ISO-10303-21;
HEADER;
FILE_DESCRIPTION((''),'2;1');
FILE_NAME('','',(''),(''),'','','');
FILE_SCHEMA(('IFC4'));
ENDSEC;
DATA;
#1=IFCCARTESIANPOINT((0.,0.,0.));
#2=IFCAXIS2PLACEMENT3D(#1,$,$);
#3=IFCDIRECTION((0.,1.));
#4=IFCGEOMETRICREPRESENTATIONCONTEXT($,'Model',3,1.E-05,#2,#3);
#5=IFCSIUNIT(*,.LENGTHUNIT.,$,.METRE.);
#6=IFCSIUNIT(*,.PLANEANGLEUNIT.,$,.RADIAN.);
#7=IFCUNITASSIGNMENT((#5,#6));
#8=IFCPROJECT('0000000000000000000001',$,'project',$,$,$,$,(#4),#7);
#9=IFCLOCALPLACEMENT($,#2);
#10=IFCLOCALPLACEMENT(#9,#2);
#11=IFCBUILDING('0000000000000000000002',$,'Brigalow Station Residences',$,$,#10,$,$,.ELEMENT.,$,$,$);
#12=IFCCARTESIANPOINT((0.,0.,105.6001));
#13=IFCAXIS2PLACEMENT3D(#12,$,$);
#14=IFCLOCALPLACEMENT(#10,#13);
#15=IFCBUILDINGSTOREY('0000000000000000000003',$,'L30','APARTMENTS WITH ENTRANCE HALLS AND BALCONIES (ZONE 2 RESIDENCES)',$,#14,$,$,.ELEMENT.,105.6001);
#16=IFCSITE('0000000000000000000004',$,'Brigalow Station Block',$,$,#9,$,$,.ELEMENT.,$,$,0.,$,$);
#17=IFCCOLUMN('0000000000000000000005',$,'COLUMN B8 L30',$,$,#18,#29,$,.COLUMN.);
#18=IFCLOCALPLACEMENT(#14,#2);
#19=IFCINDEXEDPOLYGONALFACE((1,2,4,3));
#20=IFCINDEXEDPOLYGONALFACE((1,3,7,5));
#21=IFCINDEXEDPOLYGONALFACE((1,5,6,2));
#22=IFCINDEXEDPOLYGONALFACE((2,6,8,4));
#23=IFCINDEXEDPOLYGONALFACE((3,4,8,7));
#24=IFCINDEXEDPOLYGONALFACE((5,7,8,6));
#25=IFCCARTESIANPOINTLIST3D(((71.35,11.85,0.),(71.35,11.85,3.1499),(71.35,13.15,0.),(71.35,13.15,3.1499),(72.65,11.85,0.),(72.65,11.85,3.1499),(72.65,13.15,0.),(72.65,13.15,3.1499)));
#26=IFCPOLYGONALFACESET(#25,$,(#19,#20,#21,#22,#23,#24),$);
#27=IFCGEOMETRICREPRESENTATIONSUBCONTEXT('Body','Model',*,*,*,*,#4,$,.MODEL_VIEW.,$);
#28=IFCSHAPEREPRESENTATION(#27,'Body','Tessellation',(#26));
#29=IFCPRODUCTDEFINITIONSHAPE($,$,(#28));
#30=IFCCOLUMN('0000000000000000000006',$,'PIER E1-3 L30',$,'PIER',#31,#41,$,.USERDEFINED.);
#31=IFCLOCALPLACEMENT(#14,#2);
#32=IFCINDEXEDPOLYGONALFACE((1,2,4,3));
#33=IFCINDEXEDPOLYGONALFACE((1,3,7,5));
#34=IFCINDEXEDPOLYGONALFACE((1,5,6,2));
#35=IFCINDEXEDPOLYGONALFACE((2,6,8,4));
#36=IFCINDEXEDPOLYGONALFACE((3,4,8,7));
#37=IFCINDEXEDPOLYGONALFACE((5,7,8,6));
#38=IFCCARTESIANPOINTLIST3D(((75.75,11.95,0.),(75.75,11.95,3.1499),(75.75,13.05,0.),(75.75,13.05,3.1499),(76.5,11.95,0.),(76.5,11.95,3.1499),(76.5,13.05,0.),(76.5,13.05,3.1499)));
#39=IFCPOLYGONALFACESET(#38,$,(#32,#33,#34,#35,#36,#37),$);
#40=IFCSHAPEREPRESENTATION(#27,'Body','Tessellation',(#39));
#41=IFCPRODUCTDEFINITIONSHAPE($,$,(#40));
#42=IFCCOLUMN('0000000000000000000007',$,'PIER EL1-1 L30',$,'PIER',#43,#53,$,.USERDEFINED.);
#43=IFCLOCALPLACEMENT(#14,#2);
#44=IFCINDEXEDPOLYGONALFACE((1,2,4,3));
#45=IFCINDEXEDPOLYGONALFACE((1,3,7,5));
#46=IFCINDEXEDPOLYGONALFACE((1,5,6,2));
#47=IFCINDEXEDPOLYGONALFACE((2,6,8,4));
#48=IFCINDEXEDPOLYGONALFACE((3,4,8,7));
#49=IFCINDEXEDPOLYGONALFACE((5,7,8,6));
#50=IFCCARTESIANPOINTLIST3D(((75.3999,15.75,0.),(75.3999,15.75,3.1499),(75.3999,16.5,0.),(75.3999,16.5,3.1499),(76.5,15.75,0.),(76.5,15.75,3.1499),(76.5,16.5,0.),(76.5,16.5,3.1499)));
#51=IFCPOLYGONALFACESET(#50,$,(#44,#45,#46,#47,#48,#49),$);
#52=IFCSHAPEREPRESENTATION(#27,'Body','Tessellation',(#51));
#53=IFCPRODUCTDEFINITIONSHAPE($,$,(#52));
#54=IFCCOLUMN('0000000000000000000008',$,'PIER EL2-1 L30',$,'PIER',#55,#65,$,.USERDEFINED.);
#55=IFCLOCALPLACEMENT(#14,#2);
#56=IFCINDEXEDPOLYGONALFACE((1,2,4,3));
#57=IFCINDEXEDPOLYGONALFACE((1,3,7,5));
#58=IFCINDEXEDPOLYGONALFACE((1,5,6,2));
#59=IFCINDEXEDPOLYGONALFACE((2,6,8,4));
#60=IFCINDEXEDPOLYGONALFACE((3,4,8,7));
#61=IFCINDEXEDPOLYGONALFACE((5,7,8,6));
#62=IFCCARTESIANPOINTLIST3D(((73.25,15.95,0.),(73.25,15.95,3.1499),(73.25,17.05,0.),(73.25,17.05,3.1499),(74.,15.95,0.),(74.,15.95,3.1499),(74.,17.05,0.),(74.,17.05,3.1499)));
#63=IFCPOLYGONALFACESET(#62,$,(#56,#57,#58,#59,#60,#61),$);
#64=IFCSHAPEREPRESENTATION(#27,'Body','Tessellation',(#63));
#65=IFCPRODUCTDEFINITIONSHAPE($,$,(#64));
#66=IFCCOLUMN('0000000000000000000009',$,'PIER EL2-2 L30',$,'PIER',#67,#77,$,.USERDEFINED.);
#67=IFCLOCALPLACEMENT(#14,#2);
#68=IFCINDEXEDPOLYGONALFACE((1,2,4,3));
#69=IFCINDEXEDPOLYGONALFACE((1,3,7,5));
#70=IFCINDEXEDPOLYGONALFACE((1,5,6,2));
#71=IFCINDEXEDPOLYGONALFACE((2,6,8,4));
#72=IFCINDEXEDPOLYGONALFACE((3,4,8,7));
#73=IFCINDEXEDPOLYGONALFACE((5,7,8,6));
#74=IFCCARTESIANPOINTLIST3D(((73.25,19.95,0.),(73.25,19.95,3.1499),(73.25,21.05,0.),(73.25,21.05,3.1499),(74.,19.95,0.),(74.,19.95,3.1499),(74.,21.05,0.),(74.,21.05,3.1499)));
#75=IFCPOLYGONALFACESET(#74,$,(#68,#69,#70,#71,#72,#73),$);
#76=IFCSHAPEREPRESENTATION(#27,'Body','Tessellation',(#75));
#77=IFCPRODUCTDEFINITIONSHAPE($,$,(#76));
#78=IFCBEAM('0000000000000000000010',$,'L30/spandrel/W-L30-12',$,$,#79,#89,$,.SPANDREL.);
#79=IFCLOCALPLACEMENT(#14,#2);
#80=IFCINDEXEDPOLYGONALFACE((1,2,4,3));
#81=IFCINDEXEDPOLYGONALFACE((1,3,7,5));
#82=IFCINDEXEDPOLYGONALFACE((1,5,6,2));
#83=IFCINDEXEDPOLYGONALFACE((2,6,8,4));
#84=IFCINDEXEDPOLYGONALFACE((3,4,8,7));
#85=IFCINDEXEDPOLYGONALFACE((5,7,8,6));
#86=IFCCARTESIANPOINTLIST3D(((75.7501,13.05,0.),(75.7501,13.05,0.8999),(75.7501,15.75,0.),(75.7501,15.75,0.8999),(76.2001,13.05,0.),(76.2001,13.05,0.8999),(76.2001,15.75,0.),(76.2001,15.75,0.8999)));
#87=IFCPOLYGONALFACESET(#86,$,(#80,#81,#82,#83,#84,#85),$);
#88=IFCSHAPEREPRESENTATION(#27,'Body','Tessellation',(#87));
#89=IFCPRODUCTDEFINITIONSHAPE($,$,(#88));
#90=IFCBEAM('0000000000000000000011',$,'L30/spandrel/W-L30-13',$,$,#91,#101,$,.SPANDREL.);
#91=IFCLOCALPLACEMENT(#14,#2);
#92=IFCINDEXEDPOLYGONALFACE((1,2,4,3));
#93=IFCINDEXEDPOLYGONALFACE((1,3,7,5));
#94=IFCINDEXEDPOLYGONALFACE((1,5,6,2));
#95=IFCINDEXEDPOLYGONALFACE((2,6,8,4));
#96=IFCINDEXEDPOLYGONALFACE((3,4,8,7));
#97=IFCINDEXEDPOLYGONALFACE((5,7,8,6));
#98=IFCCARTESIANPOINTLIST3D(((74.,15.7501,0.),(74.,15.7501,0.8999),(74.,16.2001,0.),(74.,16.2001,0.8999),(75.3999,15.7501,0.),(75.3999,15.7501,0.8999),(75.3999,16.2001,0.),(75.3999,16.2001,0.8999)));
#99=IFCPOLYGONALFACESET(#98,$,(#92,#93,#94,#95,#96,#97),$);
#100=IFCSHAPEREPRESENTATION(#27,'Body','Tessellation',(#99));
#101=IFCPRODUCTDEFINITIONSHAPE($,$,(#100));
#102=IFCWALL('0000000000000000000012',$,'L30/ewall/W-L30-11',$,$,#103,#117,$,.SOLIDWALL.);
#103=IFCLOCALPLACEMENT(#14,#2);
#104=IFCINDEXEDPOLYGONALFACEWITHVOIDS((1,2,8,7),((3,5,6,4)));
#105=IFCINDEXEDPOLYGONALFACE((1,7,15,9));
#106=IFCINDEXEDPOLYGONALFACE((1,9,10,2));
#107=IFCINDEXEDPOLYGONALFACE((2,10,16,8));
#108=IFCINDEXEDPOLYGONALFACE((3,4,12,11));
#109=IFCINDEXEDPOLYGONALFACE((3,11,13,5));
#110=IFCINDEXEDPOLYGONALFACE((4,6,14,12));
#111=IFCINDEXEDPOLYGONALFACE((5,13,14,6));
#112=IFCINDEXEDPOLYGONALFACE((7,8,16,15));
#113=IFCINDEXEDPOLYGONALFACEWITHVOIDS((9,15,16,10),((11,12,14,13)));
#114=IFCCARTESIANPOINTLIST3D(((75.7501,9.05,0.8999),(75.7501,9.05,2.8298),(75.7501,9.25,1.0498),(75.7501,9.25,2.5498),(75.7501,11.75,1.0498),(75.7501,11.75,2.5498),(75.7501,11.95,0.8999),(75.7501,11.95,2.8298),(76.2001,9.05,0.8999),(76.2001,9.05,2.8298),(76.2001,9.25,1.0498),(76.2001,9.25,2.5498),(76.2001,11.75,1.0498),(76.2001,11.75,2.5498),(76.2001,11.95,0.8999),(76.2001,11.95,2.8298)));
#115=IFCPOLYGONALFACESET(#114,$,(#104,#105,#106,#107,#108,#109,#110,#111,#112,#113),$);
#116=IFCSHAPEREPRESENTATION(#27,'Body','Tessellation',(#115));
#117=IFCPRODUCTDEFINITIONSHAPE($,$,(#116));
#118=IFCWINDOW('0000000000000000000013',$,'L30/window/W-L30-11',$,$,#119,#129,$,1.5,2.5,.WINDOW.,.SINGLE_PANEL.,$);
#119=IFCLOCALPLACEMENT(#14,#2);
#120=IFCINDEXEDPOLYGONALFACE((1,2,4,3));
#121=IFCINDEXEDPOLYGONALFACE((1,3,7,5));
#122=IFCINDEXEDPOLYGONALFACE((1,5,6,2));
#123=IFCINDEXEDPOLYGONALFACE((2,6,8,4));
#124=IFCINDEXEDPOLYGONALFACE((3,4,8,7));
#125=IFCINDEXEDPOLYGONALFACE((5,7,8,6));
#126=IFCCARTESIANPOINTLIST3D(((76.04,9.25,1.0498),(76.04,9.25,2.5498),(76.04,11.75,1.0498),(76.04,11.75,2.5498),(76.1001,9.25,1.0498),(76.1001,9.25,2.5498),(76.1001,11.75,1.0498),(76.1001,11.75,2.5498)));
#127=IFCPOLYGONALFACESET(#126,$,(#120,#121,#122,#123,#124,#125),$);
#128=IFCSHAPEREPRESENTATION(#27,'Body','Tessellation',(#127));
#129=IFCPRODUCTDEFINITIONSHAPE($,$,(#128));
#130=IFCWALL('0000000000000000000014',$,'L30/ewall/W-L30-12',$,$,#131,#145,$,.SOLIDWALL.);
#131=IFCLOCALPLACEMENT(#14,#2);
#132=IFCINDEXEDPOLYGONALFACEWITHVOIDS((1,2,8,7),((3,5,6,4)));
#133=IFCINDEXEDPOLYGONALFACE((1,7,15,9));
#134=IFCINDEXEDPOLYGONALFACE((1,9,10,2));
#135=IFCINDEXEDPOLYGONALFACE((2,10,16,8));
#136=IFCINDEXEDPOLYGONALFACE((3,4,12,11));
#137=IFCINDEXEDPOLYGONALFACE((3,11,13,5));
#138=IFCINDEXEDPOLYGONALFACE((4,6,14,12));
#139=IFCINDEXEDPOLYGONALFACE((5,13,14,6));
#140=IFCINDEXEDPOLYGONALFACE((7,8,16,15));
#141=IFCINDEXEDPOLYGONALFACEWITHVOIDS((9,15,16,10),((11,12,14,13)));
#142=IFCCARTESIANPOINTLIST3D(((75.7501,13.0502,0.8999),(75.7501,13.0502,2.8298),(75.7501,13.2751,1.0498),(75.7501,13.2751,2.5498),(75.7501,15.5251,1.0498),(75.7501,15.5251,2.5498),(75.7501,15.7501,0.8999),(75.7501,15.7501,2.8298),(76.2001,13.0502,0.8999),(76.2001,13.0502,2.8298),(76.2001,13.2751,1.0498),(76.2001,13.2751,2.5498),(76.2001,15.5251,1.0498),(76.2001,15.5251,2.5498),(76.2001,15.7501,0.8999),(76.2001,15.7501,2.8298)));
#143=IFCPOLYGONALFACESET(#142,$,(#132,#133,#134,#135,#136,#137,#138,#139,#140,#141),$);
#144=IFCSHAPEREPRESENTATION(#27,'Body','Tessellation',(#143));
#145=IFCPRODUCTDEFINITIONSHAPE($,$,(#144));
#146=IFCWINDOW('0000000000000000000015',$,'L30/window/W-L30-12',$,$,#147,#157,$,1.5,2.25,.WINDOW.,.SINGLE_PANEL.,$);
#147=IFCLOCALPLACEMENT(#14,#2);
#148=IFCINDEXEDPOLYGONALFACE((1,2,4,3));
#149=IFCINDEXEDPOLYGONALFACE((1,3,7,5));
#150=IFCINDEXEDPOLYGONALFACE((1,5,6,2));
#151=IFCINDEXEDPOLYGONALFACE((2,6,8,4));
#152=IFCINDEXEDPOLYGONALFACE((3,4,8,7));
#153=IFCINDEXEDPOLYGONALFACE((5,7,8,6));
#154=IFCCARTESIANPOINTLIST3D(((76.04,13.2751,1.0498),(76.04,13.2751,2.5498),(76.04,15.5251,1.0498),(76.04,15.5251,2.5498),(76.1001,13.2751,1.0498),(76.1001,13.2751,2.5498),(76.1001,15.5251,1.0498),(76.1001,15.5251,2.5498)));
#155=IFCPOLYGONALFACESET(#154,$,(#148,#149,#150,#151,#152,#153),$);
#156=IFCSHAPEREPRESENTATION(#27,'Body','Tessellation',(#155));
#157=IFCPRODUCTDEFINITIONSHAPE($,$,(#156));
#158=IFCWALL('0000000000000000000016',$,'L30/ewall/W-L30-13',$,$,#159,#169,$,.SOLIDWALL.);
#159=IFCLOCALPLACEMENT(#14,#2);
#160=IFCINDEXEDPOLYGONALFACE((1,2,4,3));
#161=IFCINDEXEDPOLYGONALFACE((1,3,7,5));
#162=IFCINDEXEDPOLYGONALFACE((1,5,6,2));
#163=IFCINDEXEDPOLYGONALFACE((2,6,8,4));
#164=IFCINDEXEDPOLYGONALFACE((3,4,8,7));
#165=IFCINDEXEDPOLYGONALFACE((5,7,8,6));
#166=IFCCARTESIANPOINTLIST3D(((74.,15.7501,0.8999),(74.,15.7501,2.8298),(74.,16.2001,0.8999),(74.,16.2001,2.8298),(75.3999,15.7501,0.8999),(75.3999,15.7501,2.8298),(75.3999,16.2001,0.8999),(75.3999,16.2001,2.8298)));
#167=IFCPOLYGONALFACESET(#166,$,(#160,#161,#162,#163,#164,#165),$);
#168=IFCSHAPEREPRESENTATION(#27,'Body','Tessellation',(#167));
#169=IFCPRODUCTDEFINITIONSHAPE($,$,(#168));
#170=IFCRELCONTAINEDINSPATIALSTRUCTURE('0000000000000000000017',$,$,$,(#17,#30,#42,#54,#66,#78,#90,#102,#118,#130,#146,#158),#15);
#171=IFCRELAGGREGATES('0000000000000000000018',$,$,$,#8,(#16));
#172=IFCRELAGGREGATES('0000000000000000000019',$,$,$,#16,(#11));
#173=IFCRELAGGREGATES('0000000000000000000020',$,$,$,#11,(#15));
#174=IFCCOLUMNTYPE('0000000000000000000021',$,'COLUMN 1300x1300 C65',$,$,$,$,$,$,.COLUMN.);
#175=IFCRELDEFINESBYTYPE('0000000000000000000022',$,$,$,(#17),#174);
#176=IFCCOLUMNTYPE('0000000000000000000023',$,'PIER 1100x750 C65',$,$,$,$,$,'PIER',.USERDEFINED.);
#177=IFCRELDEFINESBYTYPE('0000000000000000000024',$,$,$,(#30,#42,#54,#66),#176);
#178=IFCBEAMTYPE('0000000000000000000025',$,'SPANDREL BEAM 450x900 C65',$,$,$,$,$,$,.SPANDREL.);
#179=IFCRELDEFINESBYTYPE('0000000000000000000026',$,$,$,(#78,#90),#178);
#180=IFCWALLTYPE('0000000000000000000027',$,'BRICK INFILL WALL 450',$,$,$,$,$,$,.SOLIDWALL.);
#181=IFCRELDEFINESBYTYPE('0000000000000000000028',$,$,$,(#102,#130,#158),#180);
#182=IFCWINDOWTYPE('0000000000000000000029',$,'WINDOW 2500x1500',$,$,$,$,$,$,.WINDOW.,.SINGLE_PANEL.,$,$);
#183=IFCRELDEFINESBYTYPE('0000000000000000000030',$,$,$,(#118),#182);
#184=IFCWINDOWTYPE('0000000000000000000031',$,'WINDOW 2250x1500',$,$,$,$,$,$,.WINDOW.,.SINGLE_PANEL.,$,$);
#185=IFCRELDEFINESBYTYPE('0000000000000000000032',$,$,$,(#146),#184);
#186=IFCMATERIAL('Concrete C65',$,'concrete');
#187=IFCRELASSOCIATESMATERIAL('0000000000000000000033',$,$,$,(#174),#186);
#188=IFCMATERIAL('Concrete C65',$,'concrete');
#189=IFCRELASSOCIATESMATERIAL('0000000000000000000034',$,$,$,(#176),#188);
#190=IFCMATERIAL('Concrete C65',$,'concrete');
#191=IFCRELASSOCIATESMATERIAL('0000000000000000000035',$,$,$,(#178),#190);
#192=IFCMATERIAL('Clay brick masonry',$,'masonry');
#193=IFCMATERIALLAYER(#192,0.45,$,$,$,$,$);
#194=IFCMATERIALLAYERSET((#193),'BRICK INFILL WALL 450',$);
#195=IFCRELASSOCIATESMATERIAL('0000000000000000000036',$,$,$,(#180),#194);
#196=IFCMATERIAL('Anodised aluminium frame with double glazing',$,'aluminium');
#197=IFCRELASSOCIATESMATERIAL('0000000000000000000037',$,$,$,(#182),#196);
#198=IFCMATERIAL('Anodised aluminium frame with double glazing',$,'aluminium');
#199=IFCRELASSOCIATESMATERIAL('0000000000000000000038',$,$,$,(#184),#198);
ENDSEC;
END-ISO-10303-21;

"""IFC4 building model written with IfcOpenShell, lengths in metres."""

from ifc_helpers import new_model, si_unit, direction, frame, frame_2d, origin, origin_2d, place, context, subcontext, project, spatial, rectangle, extrude, material, layer, layer_set, material_profile, profile_set, type_object, element, fill, save


model = new_model("IFC4")

# Units and contexts
model_context = context("Model", 3, precision=1e-05, world=origin(), true_north=direction((0.0, 1.0)))
body_context = subcontext(model_context, "Body", "Model", "MODEL_VIEW")
ifc_project = project(units=[si_unit("LENGTHUNIT", "METRE"), si_unit("PLANEANGLEUNIT", "RADIAN")], contexts=[model_context])

# Site, building, storey
site_placement = place(None, origin())
site = spatial("IfcSite", under=ifc_project, at=site_placement, Name="Brigalow Station Block", CompositionType="ELEMENT", RefElevation=0.0)
building_placement = place(site_placement, origin())
building = spatial("IfcBuilding", under=site, at=building_placement, Name="Brigalow Station Residences", CompositionType="ELEMENT")
storey_placement = place(building_placement, frame((0.0, 0.0, 105.6001)))
storey = spatial("IfcBuildingStorey", under=building, at=storey_placement, Name="L30", Description="APARTMENTS WITH ENTRANCE HALLS AND BALCONIES (ZONE 2 RESIDENCES)", CompositionType="ELEMENT", Elevation=105.6001)

# Columns
ifc_material_1 = material(Name="Concrete C65", Category="concrete")
ifc_material_profile_1 = material_profile(ifc_material_1, rectangle(XDim=1.3, YDim=1.3, at=origin_2d()), Name="RC1300x1300")
ifc_profile_set_1 = profile_set([ifc_material_profile_1], Name="Concrete C65")
column_type_1 = type_object("IfcColumnType", Name="COLUMN 1300x1300 C65", PredefinedType="COLUMN", material=ifc_profile_set_1)
column_placement = place(storey_placement, frame((72.0, 12.5, 0.0), z_axis=(0.0, 0.0, 1.0), x_axis=(1.0, 0.0, 0.0)))
element("IfcColumn", 1, at=column_placement, inside=storey, type_object=column_type_1, Name="COLUMN B8 L30", PredefinedType="COLUMN", context=body_context, shape_type="SweptSolid", body=[
    extrude(rectangle(XDim=1.3, YDim=1.3, at=origin_2d()), origin(), (0.0, 0.0, 1.0), 3.1499),
])
ifc_material_2 = material(Name="Concrete C65", Category="concrete")
ifc_material_profile_2 = material_profile(ifc_material_2, rectangle(XDim=1.1001, YDim=0.75, at=origin_2d()), Name="RC1100x750")
ifc_profile_set_2 = profile_set([ifc_material_profile_2], Name="Concrete C65")
column_type_2 = type_object("IfcColumnType", Name="PIER 1100x750 C65", ElementType="PIER", PredefinedType="USERDEFINED", material=ifc_profile_set_2)
for number, where, z_axis, x_axis, name in (
    (2, (76.125, 12.5, 0.0), (0.0, 0.0, 1.0), (0.0, 1.0, 0.0), "PIER E1-3 L30"),
    (3, (75.95, 16.125, 0.0), (0.0, 0.0, 1.0), (-1.0, 0.0, 0.0), "PIER EL1-1 L30"),
    (4, (73.625, 16.5, 0.0), (0.0, 0.0, 1.0), (0.0, 1.0, 0.0), "PIER EL2-1 L30"),
    (5, (73.625, 20.5, 0.0), (0.0, 0.0, 1.0), (0.0, 1.0, 0.0), "PIER EL2-2 L30"),
):
    element("IfcColumn", number, at=place(storey_placement, frame(where, z_axis=z_axis, x_axis=x_axis)), inside=storey, type_object=column_type_2, Name=name, ObjectType="PIER", PredefinedType="USERDEFINED", context=body_context, shape_type="SweptSolid", body=[
        extrude(rectangle(XDim=1.1001, YDim=0.75, at=origin_2d()), origin(), (0.0, 0.0, 1.0), 3.1499),
    ])

# Beams
ifc_material_3 = material(Name="Concrete C65", Category="concrete")
ifc_material_profile_3 = material_profile(ifc_material_3, rectangle(XDim=0.45, YDim=0.8999, at=origin_2d()), Name="RC450x900")
ifc_profile_set_3 = profile_set([ifc_material_profile_3], Name="Concrete C65")
beam_type = type_object("IfcBeamType", Name="SPANDREL BEAM 450x900 C65", PredefinedType="SPANDREL", material=ifc_profile_set_3)
beam_1_placement = place(storey_placement, frame((75.9751, 13.05, 0.45), z_axis=(0.0, 1.0, 0.0), x_axis=(-1.0, 0.0, 0.0)))
element("IfcBeam", 6, at=beam_1_placement, inside=storey, type_object=beam_type, Name="L30/spandrel/W-L30-12", PredefinedType="SPANDREL", context=body_context, shape_type="SweptSolid", body=[
    extrude(rectangle(XDim=0.45, YDim=0.8999, at=origin_2d()), origin(), (0.0, 0.0, 1.0), 2.7),
])
beam_2_placement = place(storey_placement, frame((75.3999, 15.9751, 0.45), z_axis=(-1.0, 0.0, 0.0), x_axis=(0.0, -1.0, 0.0)))
element("IfcBeam", 7, at=beam_2_placement, inside=storey, type_object=beam_type, Name="L30/spandrel/W-L30-13", PredefinedType="SPANDREL", context=body_context, shape_type="SweptSolid", body=[
    extrude(rectangle(XDim=0.45, YDim=0.8999, at=origin_2d()), origin(), (0.0, 0.0, 1.0), 1.3999),
])

# Walls, openings, windows
ifc_material_4 = material(Name="Clay brick masonry", Category="masonry")
ifc_layer = layer(ifc_material_4, 0.45)
ifc_layer_set = layer_set([ifc_layer], Name="BRICK INFILL WALL 450")
wall_type = type_object("IfcWallType", Name="BRICK INFILL WALL 450", PredefinedType="SOLIDWALL", material=ifc_layer_set)
wall_1_placement = place(storey_placement, frame((75.9751, 9.05, 0.8999), z_axis=(0.0, 0.0, 1.0), x_axis=(0.0, 1.0, 0.0)))
wall_1 = element("IfcWall", 8, at=wall_1_placement, inside=storey, type_object=wall_type, Name="L30/ewall/W-L30-11", PredefinedType="SOLIDWALL", context=body_context, shape_type="SweptSolid", body=[
    extrude(rectangle(XDim=2.8999, YDim=0.45, at=frame_2d((1.45, 0.0))), origin(), (0.0, 0.0, 1.0), 1.9299),
])
opening_1_placement = place(wall_1_placement, frame((0.2, 0.0, 0.1499)))
opening_1 = element("IfcOpeningElement", 9, at=opening_1_placement, cuts=wall_1, PredefinedType="OPENING", context=body_context, shape_type="SweptSolid", body=[
    extrude(rectangle(XDim=2.5, YDim=1.5, at=frame_2d((1.25, 0.75))), frame((0.0, 0.2349, 0.0), z_axis=(0.0, -1.0, 0.0), x_axis=(1.0, 0.0, 0.0)), (0.0, 0.0, 1.0), 0.47),
])
ifc_material_5 = material(Name="Anodised aluminium frame with double glazing", Category="aluminium")
window_type_1 = type_object("IfcWindowType", Name="WINDOW 2500x1500", PartitioningType="SINGLE_PANEL", PredefinedType="WINDOW", material=ifc_material_5)
window_1_placement = place(opening_1_placement, origin())
window_1 = element("IfcWindow", 10, at=window_1_placement, inside=storey, type_object=window_type_1, Name="L30/window/W-L30-11", OverallHeight=1.5, OverallWidth=2.5, PartitioningType="SINGLE_PANEL", PredefinedType="WINDOW", context=body_context, shape_type="SweptSolid", body=[
    extrude(rectangle(XDim=2.5, YDim=1.5, at=frame_2d((1.25, 0.75))), frame((0.0, -0.0649, 0.0), z_axis=(0.0, -1.0, 0.0), x_axis=(1.0, 0.0, 0.0)), (0.0, 0.0, 1.0), 0.0601),
])
fill(opening_1, window_1)
wall_2_placement = place(storey_placement, frame((75.9751, 13.05, 0.8999), z_axis=(0.0, 0.0, 1.0), x_axis=(0.0, 1.0, 0.0)))
wall_2 = element("IfcWall", 11, at=wall_2_placement, inside=storey, type_object=wall_type, Name="L30/ewall/W-L30-12", PredefinedType="SOLIDWALL", context=body_context, shape_type="SweptSolid", body=[
    extrude(rectangle(XDim=2.7, YDim=0.45, at=frame_2d((1.3501, 0.0))), origin(), (0.0, 0.0, 1.0), 1.9299),
])
opening_2_placement = place(wall_2_placement, frame((0.2251, 0.0, 0.1499)))
opening_2 = element("IfcOpeningElement", 12, at=opening_2_placement, cuts=wall_2, PredefinedType="OPENING", context=body_context, shape_type="SweptSolid", body=[
    extrude(rectangle(XDim=2.25, YDim=1.5, at=frame_2d((1.125, 0.75))), frame((0.0, 0.2349, 0.0), z_axis=(0.0, -1.0, 0.0), x_axis=(1.0, 0.0, 0.0)), (0.0, 0.0, 1.0), 0.47),
])
ifc_material_6 = material(Name="Anodised aluminium frame with double glazing", Category="aluminium")
window_type_2 = type_object("IfcWindowType", Name="WINDOW 2250x1500", PartitioningType="SINGLE_PANEL", PredefinedType="WINDOW", material=ifc_material_6)
window_2_placement = place(opening_2_placement, origin())
window_2 = element("IfcWindow", 13, at=window_2_placement, inside=storey, type_object=window_type_2, Name="L30/window/W-L30-12", OverallHeight=1.5, OverallWidth=2.25, PartitioningType="SINGLE_PANEL", PredefinedType="WINDOW", context=body_context, shape_type="SweptSolid", body=[
    extrude(rectangle(XDim=2.25, YDim=1.5, at=frame_2d((1.125, 0.75))), frame((0.0, -0.0649, 0.0), z_axis=(0.0, -1.0, 0.0), x_axis=(1.0, 0.0, 0.0)), (0.0, 0.0, 1.0), 0.0601),
])
fill(opening_2, window_2)

# Wall
wall_3_placement = place(storey_placement, frame((75.3999, 15.9751, 0.8999), z_axis=(0.0, 0.0, 1.0), x_axis=(-1.0, 0.0, 0.0)))
element("IfcWall", 14, at=wall_3_placement, inside=storey, type_object=wall_type, Name="L30/ewall/W-L30-13", PredefinedType="SOLIDWALL", context=body_context, shape_type="SweptSolid", body=[
    extrude(rectangle(XDim=1.3999, YDim=0.45, at=frame_2d((0.7, 0.0))), origin(), (0.0, 0.0, 1.0), 1.9299),
])

save(model, "model.ifc")
